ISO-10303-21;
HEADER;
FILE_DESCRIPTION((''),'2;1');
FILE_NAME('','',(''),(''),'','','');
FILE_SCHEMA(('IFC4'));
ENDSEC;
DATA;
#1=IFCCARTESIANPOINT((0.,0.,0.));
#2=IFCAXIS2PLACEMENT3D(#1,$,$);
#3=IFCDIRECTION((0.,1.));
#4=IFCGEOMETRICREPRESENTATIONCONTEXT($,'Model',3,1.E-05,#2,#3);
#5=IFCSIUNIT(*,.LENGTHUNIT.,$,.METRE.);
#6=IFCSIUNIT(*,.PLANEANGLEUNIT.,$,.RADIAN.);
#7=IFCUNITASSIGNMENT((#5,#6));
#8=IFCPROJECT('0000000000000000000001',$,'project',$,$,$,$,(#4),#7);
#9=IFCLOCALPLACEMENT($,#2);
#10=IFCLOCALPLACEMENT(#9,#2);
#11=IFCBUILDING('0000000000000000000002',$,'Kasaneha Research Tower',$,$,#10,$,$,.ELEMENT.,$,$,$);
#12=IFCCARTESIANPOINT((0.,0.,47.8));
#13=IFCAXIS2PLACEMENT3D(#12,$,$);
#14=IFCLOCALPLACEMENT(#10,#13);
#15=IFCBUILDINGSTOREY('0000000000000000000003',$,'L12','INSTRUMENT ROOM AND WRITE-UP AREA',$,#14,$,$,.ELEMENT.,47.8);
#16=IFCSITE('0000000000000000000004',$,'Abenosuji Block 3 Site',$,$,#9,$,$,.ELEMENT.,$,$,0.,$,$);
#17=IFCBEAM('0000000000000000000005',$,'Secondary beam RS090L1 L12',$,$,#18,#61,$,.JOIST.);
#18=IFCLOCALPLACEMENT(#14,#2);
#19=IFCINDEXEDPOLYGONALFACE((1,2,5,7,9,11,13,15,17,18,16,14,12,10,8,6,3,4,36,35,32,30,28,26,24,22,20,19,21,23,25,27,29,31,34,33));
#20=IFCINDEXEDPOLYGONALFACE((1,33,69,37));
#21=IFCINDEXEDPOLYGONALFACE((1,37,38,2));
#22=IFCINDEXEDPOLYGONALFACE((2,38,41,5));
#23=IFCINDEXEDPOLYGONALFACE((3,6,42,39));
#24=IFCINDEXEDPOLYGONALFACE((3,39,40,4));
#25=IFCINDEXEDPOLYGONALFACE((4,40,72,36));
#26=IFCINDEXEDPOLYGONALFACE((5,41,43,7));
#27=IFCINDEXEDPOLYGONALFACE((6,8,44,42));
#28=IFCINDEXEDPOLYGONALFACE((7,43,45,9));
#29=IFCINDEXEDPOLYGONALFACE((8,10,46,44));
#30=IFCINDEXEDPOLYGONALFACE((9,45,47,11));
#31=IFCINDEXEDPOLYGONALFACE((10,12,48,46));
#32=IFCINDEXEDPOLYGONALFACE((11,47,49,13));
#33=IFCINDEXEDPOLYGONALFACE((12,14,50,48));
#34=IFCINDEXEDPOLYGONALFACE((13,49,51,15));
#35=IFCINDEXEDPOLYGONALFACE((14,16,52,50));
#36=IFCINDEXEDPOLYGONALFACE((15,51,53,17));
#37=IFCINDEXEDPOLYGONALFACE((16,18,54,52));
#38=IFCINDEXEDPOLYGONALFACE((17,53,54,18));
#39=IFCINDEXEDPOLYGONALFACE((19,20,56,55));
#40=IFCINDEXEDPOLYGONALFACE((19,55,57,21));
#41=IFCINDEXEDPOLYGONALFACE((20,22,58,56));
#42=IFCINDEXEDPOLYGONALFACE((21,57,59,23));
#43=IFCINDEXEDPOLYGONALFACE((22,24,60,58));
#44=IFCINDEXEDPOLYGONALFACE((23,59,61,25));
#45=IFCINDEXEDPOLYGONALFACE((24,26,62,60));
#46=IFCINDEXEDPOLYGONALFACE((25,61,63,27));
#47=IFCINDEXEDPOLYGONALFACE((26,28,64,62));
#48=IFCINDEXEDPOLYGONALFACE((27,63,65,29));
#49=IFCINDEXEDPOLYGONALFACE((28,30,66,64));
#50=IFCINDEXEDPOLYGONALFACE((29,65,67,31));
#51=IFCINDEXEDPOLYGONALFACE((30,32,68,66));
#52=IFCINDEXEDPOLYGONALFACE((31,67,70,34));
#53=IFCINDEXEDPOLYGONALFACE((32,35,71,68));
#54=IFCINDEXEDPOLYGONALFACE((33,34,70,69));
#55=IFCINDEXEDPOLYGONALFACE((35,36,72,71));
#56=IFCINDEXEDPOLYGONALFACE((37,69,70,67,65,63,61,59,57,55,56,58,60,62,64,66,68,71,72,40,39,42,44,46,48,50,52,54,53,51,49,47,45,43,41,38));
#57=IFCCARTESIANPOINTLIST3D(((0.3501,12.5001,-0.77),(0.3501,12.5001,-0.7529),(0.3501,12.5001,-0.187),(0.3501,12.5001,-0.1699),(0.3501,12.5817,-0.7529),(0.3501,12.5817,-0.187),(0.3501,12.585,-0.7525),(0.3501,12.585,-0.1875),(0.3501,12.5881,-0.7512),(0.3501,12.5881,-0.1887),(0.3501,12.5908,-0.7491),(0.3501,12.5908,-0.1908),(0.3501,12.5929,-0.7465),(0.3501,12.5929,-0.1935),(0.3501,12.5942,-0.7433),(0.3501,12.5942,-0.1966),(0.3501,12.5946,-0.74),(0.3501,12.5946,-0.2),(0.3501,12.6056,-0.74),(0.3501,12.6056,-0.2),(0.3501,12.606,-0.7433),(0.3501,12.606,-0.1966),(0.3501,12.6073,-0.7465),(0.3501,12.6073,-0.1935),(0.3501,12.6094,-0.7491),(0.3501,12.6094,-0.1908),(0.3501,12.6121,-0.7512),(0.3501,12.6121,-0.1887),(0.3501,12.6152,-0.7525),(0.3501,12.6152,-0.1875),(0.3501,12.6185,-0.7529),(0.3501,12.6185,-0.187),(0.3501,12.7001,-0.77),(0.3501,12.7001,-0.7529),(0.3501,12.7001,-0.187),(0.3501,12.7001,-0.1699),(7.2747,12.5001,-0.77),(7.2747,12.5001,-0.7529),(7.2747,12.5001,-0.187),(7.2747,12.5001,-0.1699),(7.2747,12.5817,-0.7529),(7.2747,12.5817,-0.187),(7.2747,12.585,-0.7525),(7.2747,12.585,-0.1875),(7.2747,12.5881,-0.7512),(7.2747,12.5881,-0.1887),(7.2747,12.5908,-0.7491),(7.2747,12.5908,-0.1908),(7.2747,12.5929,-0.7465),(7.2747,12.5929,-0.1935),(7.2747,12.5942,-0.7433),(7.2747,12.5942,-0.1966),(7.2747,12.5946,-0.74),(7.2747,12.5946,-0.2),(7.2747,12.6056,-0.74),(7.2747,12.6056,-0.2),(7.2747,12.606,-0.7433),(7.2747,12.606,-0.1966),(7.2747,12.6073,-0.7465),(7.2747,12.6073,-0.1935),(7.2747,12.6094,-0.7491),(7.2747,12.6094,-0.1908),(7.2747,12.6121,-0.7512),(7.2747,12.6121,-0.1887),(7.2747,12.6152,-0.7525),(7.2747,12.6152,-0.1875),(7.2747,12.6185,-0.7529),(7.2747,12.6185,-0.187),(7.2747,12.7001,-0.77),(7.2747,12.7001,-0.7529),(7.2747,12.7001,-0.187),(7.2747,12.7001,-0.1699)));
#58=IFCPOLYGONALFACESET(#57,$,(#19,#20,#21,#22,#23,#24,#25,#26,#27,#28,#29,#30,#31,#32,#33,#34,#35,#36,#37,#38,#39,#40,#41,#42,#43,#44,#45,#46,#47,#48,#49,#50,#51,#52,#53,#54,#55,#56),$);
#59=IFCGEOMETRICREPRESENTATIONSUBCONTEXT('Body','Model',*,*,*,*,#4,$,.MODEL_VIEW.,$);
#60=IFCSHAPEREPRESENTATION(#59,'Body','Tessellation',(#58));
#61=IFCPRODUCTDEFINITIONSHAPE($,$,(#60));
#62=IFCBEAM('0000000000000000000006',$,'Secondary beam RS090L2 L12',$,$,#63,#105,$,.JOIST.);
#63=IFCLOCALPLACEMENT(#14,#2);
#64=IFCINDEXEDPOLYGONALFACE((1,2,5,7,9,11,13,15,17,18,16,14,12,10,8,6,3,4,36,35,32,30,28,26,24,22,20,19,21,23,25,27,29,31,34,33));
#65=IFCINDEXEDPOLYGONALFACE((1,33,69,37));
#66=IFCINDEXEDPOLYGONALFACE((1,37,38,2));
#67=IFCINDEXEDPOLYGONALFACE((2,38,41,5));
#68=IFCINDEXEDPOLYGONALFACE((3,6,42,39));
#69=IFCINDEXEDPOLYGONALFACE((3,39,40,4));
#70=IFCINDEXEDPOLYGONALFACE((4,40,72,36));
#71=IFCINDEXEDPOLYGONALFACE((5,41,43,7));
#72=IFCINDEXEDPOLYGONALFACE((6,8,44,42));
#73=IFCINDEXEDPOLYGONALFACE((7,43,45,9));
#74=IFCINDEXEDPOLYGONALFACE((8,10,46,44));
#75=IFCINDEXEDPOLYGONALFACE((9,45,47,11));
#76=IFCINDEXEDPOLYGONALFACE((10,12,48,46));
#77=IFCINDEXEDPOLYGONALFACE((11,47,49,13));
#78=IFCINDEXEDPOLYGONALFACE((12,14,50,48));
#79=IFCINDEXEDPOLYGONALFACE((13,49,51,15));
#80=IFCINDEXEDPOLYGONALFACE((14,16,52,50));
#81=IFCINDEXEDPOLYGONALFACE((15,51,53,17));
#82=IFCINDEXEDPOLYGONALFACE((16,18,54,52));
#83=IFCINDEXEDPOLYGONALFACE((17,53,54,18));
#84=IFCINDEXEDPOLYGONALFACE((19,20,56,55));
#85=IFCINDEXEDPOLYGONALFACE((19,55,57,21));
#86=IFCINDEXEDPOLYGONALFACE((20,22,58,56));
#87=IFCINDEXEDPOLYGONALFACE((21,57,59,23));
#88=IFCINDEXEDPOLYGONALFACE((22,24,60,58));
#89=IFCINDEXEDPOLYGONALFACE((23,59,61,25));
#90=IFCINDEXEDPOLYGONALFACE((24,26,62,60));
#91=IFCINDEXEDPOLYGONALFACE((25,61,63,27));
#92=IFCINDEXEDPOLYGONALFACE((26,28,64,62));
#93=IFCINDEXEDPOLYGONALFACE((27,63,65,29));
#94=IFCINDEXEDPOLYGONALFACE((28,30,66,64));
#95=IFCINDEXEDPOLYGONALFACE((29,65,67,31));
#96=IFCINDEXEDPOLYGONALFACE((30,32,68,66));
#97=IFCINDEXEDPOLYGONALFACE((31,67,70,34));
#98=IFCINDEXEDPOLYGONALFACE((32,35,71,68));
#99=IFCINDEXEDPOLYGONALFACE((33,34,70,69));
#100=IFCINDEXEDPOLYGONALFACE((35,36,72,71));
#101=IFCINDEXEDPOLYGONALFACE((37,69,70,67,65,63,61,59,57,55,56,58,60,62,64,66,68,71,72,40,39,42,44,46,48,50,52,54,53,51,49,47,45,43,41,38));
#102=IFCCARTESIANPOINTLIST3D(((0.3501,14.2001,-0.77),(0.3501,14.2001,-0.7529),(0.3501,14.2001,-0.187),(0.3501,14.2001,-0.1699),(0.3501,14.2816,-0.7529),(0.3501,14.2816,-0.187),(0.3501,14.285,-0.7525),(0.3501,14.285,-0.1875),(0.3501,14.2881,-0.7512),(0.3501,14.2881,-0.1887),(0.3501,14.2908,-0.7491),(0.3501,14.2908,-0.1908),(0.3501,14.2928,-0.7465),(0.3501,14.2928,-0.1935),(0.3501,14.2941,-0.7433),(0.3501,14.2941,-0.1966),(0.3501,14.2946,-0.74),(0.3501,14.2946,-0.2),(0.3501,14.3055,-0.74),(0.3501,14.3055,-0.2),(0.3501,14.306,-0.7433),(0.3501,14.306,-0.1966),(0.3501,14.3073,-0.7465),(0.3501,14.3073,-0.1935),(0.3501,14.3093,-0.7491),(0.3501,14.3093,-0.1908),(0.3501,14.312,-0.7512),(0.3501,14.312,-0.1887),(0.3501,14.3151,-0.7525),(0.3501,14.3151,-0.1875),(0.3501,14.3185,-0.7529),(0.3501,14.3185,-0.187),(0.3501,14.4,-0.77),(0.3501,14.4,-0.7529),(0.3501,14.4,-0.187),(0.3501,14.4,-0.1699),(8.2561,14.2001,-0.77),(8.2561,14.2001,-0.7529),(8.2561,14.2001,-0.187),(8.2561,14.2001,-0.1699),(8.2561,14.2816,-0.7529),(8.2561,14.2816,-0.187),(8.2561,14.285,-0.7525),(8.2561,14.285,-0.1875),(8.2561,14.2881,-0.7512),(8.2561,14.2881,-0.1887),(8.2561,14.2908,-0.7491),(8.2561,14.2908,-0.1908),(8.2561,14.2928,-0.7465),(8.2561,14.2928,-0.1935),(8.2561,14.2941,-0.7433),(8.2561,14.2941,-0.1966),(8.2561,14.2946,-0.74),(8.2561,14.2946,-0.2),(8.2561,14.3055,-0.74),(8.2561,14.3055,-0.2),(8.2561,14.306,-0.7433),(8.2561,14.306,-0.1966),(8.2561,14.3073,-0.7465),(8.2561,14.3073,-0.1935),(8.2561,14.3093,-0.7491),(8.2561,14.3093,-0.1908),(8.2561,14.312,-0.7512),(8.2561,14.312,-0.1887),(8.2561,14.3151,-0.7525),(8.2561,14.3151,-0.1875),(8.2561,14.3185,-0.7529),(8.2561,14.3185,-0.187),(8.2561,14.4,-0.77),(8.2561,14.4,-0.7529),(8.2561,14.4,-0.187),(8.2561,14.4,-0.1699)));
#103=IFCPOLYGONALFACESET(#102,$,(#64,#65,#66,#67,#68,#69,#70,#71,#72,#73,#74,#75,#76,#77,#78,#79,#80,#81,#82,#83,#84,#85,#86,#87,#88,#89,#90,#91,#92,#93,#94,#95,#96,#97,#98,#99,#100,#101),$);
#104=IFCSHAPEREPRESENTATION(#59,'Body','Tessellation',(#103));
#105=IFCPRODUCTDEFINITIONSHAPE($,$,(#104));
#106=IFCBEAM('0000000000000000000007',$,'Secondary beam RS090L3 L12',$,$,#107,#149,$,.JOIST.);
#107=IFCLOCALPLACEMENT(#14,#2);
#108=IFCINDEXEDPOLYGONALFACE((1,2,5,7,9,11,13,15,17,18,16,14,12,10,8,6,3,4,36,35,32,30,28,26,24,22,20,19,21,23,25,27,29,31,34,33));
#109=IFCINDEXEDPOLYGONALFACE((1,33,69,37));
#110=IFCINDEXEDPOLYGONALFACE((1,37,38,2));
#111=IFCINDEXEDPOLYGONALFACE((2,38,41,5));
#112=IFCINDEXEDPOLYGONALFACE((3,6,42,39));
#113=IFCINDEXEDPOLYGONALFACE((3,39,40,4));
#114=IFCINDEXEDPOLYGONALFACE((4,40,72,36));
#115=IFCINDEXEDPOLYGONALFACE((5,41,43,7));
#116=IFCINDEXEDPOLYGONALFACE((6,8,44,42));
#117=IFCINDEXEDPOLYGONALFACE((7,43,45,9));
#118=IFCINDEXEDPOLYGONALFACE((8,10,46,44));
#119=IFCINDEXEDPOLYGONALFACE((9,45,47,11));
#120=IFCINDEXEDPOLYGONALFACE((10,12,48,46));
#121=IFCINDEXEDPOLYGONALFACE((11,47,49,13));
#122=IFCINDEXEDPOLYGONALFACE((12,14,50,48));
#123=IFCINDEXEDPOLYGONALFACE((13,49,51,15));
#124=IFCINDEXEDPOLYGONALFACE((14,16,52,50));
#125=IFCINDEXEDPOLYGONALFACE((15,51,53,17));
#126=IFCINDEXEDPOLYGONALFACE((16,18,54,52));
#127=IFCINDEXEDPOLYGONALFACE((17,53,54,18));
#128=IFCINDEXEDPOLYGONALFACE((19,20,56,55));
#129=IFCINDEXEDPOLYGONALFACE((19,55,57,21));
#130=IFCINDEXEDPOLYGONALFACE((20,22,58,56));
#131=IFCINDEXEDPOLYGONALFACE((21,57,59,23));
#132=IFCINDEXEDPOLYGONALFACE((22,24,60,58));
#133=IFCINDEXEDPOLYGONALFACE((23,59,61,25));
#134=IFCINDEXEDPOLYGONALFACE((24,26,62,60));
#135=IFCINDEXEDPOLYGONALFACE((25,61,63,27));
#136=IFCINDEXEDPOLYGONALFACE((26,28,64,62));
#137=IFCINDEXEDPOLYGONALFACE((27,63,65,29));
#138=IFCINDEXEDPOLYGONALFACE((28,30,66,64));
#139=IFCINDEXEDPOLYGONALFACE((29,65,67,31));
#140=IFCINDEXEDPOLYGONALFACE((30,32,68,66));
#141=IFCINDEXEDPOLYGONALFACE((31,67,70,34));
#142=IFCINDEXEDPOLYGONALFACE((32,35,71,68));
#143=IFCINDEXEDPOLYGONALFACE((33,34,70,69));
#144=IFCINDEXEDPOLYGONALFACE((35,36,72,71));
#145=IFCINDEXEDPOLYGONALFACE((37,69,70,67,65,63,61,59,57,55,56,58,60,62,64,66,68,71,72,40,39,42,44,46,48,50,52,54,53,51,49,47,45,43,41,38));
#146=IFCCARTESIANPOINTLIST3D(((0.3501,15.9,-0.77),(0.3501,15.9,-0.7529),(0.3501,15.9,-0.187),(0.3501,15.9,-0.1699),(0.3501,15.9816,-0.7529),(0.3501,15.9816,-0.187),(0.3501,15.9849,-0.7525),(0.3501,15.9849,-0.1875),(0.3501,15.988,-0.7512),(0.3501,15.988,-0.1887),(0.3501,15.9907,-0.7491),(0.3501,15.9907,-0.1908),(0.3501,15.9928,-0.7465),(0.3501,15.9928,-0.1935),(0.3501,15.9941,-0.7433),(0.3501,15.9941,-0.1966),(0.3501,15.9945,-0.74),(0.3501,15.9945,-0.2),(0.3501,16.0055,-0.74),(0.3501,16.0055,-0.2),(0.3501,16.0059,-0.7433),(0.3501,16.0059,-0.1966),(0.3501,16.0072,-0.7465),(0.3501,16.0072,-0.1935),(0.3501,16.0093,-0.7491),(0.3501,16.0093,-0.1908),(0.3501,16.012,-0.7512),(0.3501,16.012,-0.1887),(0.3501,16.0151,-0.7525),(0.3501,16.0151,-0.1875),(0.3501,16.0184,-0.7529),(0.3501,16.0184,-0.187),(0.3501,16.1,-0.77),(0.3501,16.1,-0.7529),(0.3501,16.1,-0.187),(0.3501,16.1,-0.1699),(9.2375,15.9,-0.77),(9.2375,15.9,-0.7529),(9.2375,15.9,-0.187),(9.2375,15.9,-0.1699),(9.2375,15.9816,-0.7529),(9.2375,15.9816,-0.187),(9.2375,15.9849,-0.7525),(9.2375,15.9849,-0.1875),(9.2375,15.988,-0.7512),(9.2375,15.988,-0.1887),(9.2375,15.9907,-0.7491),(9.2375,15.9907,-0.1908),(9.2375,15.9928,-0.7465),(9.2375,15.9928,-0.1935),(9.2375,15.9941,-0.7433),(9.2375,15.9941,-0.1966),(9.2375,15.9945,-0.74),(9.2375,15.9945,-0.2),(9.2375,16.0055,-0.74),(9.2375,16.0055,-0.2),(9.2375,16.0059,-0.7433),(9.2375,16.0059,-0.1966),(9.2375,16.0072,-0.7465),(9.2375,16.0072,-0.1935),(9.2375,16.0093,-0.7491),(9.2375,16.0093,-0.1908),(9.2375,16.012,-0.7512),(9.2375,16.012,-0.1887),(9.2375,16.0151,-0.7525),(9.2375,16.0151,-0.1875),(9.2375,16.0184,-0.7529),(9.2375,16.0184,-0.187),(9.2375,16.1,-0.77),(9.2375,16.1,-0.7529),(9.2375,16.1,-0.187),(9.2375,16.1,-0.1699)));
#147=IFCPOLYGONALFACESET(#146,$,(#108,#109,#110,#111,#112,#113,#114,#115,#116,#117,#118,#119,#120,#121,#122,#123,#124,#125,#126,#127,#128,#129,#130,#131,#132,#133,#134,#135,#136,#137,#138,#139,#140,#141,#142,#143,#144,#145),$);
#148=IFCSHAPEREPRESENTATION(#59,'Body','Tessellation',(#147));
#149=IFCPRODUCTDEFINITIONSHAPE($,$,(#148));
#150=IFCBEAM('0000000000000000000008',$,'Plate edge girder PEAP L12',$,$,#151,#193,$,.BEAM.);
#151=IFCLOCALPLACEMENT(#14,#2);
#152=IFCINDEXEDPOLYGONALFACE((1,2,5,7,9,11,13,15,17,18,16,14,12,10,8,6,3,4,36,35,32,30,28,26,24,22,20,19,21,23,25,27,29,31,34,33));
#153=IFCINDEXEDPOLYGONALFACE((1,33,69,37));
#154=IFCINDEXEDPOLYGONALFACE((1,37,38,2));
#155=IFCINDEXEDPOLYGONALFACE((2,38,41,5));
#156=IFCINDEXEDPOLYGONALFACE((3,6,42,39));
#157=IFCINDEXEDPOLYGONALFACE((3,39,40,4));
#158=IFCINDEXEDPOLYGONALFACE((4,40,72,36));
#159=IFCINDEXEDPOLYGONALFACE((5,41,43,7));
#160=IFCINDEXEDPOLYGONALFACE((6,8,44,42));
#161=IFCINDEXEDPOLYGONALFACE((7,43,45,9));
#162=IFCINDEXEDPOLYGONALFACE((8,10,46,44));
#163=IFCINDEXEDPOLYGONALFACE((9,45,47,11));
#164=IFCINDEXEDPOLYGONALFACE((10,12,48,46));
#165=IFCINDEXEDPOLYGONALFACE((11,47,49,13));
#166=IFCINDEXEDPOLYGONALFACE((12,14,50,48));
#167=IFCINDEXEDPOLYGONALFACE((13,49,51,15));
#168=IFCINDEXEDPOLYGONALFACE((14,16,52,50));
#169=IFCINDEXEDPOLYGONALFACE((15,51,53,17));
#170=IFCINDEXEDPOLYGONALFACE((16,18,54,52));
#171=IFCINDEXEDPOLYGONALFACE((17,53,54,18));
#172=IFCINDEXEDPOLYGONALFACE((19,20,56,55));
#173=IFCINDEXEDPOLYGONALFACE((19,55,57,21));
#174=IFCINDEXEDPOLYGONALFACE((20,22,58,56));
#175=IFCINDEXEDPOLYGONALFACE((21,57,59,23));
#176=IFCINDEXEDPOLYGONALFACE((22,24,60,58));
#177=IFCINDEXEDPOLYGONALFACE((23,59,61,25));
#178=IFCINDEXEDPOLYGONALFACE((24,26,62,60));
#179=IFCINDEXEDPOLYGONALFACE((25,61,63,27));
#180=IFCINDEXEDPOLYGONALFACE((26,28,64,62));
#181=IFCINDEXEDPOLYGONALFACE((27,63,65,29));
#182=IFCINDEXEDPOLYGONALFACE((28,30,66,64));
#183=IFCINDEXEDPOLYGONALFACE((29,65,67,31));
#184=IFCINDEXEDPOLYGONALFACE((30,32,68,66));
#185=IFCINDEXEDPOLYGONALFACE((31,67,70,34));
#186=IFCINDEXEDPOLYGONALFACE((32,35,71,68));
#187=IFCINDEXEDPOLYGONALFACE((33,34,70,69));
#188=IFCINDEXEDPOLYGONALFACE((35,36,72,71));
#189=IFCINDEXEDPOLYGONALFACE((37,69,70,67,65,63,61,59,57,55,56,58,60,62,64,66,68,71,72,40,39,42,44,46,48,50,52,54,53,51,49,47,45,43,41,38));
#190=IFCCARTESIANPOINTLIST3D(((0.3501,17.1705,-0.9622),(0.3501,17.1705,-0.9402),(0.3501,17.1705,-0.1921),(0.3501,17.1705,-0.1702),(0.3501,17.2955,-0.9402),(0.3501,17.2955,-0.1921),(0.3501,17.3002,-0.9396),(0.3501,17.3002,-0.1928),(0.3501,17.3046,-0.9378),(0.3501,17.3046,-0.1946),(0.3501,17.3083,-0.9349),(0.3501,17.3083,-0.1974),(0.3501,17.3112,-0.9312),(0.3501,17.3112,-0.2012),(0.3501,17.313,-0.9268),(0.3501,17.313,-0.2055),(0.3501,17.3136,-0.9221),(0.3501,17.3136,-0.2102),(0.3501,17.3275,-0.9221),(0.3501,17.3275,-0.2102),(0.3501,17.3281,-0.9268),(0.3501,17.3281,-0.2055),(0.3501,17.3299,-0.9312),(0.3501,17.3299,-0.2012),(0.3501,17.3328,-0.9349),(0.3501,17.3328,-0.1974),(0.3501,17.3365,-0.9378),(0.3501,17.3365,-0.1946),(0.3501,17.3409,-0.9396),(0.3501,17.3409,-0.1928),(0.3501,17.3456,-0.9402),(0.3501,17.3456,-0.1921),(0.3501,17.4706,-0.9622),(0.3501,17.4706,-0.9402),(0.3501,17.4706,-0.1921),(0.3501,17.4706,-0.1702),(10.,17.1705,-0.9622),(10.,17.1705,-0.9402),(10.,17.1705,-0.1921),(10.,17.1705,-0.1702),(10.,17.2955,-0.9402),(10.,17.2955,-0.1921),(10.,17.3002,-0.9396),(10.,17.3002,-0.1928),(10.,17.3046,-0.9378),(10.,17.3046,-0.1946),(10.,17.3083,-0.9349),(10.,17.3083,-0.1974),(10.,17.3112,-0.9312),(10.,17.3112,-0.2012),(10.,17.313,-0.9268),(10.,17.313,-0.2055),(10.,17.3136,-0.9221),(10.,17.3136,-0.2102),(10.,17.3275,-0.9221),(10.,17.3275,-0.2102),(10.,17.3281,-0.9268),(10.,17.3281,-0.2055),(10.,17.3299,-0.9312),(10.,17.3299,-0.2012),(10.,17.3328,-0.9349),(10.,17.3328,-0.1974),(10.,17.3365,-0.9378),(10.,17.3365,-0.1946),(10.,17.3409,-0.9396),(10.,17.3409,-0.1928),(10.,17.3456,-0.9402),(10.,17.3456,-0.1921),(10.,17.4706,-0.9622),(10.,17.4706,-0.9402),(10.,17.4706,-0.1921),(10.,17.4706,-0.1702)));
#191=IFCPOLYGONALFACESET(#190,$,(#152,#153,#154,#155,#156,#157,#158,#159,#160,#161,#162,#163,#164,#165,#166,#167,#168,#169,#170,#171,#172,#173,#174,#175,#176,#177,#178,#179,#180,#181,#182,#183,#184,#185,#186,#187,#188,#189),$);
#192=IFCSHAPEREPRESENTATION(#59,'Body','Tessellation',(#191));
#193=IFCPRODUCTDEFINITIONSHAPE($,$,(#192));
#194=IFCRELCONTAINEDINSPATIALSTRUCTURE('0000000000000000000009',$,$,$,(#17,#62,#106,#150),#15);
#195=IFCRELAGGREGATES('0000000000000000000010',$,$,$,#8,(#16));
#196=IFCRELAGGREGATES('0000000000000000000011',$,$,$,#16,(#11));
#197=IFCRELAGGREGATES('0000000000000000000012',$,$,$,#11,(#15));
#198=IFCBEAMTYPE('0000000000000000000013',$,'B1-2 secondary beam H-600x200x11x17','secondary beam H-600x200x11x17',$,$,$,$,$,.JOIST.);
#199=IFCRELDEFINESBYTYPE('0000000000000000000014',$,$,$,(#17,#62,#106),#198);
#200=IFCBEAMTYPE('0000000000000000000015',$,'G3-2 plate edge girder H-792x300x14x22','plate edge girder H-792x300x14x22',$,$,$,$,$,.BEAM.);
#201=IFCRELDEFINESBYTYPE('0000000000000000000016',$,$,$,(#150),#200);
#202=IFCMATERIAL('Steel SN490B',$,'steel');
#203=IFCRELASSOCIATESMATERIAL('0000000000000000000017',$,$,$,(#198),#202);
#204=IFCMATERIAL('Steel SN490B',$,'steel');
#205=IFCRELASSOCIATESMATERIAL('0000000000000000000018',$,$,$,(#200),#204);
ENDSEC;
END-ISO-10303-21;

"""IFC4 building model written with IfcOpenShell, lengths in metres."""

from ifc_helpers import new_model, si_unit, direction, frame, origin, origin_2d, place, context, subcontext, project, spatial, i_section, extrude, material, material_profile, profile_set, type_object, element, save


model = new_model("IFC4")

# Units and contexts
model_context = context("Model", 3, precision=1e-05, world=origin(), true_north=direction((0.0, 1.0)))
body_context = subcontext(model_context, "Body", "Model", "MODEL_VIEW")
ifc_project = project(units=[si_unit("LENGTHUNIT", "METRE"), si_unit("PLANEANGLEUNIT", "RADIAN")], contexts=[model_context])

# Site, building, storey
site_placement = place(None, origin())
site = spatial("IfcSite", under=ifc_project, at=site_placement, Name="Abenosuji Block 3 Site", CompositionType="ELEMENT", RefElevation=0.0)
building_placement = place(site_placement, origin())
building = spatial("IfcBuilding", under=site, at=building_placement, Name="Kasaneha Research Tower", CompositionType="ELEMENT")
storey_placement = place(building_placement, frame((0.0, 0.0, 47.8)))
storey = spatial("IfcBuildingStorey", under=building, at=storey_placement, Name="L12", Description="INSTRUMENT ROOM AND WRITE-UP AREA", CompositionType="ELEMENT", Elevation=47.8)

# Beams
ifc_material_1 = material(Name="Steel SN490B", Category="steel")
ifc_material_profile_1 = material_profile(ifc_material_1, i_section(OverallWidth=0.2, OverallDepth=0.6001, WebThickness=0.011, FlangeThickness=0.0171, FilletRadius=0.0129, at=origin_2d()), Name="H-600x200x11x17")
ifc_profile_set_1 = profile_set([ifc_material_profile_1], Name="Steel SN490B")
beam_type_1 = type_object("IfcBeamType", Name="B1-2 secondary beam H-600x200x11x17", Description="secondary beam H-600x200x11x17", PredefinedType="JOIST", material=ifc_profile_set_1)
beam_1_placement = place(storey_placement, frame((7.2747, 12.6001, -0.47), z_axis=(-1.0, 0.0, 0.0), x_axis=(0.0, -1.0, 0.0)))
element("IfcBeam", 1, at=beam_1_placement, inside=storey, type_object=beam_type_1, Name="Secondary beam RS090L1 L12", PredefinedType="JOIST", context=body_context, shape_type="SweptSolid", body=[
    extrude(i_section(OverallWidth=0.2, OverallDepth=0.6001, WebThickness=0.011, FlangeThickness=0.0171, FilletRadius=0.0129, at=origin_2d()), origin(), (0.0, 0.0, 1.0), 6.9246),
])
beam_2_placement = place(storey_placement, frame((8.2561, 14.3, -0.47), z_axis=(-1.0, 0.0, 0.0), x_axis=(0.0, -1.0, 0.0)))
element("IfcBeam", 2, at=beam_2_placement, inside=storey, type_object=beam_type_1, Name="Secondary beam RS090L2 L12", PredefinedType="JOIST", context=body_context, shape_type="SweptSolid", body=[
    extrude(i_section(OverallWidth=0.2, OverallDepth=0.6001, WebThickness=0.011, FlangeThickness=0.0171, FilletRadius=0.0129, at=origin_2d()), origin(), (0.0, 0.0, 1.0), 7.906),
])
beam_3_placement = place(storey_placement, frame((9.2375, 16.0, -0.47), z_axis=(-1.0, 0.0, 0.0), x_axis=(0.0, -1.0, 0.0)))
element("IfcBeam", 3, at=beam_3_placement, inside=storey, type_object=beam_type_1, Name="Secondary beam RS090L3 L12", PredefinedType="JOIST", context=body_context, shape_type="SweptSolid", body=[
    extrude(i_section(OverallWidth=0.2, OverallDepth=0.6001, WebThickness=0.011, FlangeThickness=0.0171, FilletRadius=0.0129, at=origin_2d()), origin(), (0.0, 0.0, 1.0), 8.8875),
])
ifc_material_2 = material(Name="Steel SN490B", Category="steel")
ifc_material_profile_2 = material_profile(ifc_material_2, i_section(OverallWidth=0.3, OverallDepth=0.792, WebThickness=0.0139, FlangeThickness=0.022, FilletRadius=0.0181, at=origin_2d()), Name="H-792x300x14x22")
ifc_profile_set_2 = profile_set([ifc_material_profile_2], Name="Steel SN490B")
beam_type_2 = type_object("IfcBeamType", Name="G3-2 plate edge girder H-792x300x14x22", Description="plate edge girder H-792x300x14x22", PredefinedType="BEAM", material=ifc_profile_set_2)
beam_4_placement = place(storey_placement, frame((10.0, 17.3206, -0.5662), z_axis=(-1.0, 0.0, 0.0), x_axis=(0.0, -1.0, 0.0)))
element("IfcBeam", 4, at=beam_4_placement, inside=storey, type_object=beam_type_2, Name="Plate edge girder PEAP L12", PredefinedType="BEAM", context=body_context, shape_type="SweptSolid", body=[
    extrude(i_section(OverallWidth=0.3, OverallDepth=0.792, WebThickness=0.0139, FlangeThickness=0.022, FilletRadius=0.0181, at=origin_2d()), origin(), (0.0, 0.0, 1.0), 9.6499),
])

save(model, "model.ifc")
